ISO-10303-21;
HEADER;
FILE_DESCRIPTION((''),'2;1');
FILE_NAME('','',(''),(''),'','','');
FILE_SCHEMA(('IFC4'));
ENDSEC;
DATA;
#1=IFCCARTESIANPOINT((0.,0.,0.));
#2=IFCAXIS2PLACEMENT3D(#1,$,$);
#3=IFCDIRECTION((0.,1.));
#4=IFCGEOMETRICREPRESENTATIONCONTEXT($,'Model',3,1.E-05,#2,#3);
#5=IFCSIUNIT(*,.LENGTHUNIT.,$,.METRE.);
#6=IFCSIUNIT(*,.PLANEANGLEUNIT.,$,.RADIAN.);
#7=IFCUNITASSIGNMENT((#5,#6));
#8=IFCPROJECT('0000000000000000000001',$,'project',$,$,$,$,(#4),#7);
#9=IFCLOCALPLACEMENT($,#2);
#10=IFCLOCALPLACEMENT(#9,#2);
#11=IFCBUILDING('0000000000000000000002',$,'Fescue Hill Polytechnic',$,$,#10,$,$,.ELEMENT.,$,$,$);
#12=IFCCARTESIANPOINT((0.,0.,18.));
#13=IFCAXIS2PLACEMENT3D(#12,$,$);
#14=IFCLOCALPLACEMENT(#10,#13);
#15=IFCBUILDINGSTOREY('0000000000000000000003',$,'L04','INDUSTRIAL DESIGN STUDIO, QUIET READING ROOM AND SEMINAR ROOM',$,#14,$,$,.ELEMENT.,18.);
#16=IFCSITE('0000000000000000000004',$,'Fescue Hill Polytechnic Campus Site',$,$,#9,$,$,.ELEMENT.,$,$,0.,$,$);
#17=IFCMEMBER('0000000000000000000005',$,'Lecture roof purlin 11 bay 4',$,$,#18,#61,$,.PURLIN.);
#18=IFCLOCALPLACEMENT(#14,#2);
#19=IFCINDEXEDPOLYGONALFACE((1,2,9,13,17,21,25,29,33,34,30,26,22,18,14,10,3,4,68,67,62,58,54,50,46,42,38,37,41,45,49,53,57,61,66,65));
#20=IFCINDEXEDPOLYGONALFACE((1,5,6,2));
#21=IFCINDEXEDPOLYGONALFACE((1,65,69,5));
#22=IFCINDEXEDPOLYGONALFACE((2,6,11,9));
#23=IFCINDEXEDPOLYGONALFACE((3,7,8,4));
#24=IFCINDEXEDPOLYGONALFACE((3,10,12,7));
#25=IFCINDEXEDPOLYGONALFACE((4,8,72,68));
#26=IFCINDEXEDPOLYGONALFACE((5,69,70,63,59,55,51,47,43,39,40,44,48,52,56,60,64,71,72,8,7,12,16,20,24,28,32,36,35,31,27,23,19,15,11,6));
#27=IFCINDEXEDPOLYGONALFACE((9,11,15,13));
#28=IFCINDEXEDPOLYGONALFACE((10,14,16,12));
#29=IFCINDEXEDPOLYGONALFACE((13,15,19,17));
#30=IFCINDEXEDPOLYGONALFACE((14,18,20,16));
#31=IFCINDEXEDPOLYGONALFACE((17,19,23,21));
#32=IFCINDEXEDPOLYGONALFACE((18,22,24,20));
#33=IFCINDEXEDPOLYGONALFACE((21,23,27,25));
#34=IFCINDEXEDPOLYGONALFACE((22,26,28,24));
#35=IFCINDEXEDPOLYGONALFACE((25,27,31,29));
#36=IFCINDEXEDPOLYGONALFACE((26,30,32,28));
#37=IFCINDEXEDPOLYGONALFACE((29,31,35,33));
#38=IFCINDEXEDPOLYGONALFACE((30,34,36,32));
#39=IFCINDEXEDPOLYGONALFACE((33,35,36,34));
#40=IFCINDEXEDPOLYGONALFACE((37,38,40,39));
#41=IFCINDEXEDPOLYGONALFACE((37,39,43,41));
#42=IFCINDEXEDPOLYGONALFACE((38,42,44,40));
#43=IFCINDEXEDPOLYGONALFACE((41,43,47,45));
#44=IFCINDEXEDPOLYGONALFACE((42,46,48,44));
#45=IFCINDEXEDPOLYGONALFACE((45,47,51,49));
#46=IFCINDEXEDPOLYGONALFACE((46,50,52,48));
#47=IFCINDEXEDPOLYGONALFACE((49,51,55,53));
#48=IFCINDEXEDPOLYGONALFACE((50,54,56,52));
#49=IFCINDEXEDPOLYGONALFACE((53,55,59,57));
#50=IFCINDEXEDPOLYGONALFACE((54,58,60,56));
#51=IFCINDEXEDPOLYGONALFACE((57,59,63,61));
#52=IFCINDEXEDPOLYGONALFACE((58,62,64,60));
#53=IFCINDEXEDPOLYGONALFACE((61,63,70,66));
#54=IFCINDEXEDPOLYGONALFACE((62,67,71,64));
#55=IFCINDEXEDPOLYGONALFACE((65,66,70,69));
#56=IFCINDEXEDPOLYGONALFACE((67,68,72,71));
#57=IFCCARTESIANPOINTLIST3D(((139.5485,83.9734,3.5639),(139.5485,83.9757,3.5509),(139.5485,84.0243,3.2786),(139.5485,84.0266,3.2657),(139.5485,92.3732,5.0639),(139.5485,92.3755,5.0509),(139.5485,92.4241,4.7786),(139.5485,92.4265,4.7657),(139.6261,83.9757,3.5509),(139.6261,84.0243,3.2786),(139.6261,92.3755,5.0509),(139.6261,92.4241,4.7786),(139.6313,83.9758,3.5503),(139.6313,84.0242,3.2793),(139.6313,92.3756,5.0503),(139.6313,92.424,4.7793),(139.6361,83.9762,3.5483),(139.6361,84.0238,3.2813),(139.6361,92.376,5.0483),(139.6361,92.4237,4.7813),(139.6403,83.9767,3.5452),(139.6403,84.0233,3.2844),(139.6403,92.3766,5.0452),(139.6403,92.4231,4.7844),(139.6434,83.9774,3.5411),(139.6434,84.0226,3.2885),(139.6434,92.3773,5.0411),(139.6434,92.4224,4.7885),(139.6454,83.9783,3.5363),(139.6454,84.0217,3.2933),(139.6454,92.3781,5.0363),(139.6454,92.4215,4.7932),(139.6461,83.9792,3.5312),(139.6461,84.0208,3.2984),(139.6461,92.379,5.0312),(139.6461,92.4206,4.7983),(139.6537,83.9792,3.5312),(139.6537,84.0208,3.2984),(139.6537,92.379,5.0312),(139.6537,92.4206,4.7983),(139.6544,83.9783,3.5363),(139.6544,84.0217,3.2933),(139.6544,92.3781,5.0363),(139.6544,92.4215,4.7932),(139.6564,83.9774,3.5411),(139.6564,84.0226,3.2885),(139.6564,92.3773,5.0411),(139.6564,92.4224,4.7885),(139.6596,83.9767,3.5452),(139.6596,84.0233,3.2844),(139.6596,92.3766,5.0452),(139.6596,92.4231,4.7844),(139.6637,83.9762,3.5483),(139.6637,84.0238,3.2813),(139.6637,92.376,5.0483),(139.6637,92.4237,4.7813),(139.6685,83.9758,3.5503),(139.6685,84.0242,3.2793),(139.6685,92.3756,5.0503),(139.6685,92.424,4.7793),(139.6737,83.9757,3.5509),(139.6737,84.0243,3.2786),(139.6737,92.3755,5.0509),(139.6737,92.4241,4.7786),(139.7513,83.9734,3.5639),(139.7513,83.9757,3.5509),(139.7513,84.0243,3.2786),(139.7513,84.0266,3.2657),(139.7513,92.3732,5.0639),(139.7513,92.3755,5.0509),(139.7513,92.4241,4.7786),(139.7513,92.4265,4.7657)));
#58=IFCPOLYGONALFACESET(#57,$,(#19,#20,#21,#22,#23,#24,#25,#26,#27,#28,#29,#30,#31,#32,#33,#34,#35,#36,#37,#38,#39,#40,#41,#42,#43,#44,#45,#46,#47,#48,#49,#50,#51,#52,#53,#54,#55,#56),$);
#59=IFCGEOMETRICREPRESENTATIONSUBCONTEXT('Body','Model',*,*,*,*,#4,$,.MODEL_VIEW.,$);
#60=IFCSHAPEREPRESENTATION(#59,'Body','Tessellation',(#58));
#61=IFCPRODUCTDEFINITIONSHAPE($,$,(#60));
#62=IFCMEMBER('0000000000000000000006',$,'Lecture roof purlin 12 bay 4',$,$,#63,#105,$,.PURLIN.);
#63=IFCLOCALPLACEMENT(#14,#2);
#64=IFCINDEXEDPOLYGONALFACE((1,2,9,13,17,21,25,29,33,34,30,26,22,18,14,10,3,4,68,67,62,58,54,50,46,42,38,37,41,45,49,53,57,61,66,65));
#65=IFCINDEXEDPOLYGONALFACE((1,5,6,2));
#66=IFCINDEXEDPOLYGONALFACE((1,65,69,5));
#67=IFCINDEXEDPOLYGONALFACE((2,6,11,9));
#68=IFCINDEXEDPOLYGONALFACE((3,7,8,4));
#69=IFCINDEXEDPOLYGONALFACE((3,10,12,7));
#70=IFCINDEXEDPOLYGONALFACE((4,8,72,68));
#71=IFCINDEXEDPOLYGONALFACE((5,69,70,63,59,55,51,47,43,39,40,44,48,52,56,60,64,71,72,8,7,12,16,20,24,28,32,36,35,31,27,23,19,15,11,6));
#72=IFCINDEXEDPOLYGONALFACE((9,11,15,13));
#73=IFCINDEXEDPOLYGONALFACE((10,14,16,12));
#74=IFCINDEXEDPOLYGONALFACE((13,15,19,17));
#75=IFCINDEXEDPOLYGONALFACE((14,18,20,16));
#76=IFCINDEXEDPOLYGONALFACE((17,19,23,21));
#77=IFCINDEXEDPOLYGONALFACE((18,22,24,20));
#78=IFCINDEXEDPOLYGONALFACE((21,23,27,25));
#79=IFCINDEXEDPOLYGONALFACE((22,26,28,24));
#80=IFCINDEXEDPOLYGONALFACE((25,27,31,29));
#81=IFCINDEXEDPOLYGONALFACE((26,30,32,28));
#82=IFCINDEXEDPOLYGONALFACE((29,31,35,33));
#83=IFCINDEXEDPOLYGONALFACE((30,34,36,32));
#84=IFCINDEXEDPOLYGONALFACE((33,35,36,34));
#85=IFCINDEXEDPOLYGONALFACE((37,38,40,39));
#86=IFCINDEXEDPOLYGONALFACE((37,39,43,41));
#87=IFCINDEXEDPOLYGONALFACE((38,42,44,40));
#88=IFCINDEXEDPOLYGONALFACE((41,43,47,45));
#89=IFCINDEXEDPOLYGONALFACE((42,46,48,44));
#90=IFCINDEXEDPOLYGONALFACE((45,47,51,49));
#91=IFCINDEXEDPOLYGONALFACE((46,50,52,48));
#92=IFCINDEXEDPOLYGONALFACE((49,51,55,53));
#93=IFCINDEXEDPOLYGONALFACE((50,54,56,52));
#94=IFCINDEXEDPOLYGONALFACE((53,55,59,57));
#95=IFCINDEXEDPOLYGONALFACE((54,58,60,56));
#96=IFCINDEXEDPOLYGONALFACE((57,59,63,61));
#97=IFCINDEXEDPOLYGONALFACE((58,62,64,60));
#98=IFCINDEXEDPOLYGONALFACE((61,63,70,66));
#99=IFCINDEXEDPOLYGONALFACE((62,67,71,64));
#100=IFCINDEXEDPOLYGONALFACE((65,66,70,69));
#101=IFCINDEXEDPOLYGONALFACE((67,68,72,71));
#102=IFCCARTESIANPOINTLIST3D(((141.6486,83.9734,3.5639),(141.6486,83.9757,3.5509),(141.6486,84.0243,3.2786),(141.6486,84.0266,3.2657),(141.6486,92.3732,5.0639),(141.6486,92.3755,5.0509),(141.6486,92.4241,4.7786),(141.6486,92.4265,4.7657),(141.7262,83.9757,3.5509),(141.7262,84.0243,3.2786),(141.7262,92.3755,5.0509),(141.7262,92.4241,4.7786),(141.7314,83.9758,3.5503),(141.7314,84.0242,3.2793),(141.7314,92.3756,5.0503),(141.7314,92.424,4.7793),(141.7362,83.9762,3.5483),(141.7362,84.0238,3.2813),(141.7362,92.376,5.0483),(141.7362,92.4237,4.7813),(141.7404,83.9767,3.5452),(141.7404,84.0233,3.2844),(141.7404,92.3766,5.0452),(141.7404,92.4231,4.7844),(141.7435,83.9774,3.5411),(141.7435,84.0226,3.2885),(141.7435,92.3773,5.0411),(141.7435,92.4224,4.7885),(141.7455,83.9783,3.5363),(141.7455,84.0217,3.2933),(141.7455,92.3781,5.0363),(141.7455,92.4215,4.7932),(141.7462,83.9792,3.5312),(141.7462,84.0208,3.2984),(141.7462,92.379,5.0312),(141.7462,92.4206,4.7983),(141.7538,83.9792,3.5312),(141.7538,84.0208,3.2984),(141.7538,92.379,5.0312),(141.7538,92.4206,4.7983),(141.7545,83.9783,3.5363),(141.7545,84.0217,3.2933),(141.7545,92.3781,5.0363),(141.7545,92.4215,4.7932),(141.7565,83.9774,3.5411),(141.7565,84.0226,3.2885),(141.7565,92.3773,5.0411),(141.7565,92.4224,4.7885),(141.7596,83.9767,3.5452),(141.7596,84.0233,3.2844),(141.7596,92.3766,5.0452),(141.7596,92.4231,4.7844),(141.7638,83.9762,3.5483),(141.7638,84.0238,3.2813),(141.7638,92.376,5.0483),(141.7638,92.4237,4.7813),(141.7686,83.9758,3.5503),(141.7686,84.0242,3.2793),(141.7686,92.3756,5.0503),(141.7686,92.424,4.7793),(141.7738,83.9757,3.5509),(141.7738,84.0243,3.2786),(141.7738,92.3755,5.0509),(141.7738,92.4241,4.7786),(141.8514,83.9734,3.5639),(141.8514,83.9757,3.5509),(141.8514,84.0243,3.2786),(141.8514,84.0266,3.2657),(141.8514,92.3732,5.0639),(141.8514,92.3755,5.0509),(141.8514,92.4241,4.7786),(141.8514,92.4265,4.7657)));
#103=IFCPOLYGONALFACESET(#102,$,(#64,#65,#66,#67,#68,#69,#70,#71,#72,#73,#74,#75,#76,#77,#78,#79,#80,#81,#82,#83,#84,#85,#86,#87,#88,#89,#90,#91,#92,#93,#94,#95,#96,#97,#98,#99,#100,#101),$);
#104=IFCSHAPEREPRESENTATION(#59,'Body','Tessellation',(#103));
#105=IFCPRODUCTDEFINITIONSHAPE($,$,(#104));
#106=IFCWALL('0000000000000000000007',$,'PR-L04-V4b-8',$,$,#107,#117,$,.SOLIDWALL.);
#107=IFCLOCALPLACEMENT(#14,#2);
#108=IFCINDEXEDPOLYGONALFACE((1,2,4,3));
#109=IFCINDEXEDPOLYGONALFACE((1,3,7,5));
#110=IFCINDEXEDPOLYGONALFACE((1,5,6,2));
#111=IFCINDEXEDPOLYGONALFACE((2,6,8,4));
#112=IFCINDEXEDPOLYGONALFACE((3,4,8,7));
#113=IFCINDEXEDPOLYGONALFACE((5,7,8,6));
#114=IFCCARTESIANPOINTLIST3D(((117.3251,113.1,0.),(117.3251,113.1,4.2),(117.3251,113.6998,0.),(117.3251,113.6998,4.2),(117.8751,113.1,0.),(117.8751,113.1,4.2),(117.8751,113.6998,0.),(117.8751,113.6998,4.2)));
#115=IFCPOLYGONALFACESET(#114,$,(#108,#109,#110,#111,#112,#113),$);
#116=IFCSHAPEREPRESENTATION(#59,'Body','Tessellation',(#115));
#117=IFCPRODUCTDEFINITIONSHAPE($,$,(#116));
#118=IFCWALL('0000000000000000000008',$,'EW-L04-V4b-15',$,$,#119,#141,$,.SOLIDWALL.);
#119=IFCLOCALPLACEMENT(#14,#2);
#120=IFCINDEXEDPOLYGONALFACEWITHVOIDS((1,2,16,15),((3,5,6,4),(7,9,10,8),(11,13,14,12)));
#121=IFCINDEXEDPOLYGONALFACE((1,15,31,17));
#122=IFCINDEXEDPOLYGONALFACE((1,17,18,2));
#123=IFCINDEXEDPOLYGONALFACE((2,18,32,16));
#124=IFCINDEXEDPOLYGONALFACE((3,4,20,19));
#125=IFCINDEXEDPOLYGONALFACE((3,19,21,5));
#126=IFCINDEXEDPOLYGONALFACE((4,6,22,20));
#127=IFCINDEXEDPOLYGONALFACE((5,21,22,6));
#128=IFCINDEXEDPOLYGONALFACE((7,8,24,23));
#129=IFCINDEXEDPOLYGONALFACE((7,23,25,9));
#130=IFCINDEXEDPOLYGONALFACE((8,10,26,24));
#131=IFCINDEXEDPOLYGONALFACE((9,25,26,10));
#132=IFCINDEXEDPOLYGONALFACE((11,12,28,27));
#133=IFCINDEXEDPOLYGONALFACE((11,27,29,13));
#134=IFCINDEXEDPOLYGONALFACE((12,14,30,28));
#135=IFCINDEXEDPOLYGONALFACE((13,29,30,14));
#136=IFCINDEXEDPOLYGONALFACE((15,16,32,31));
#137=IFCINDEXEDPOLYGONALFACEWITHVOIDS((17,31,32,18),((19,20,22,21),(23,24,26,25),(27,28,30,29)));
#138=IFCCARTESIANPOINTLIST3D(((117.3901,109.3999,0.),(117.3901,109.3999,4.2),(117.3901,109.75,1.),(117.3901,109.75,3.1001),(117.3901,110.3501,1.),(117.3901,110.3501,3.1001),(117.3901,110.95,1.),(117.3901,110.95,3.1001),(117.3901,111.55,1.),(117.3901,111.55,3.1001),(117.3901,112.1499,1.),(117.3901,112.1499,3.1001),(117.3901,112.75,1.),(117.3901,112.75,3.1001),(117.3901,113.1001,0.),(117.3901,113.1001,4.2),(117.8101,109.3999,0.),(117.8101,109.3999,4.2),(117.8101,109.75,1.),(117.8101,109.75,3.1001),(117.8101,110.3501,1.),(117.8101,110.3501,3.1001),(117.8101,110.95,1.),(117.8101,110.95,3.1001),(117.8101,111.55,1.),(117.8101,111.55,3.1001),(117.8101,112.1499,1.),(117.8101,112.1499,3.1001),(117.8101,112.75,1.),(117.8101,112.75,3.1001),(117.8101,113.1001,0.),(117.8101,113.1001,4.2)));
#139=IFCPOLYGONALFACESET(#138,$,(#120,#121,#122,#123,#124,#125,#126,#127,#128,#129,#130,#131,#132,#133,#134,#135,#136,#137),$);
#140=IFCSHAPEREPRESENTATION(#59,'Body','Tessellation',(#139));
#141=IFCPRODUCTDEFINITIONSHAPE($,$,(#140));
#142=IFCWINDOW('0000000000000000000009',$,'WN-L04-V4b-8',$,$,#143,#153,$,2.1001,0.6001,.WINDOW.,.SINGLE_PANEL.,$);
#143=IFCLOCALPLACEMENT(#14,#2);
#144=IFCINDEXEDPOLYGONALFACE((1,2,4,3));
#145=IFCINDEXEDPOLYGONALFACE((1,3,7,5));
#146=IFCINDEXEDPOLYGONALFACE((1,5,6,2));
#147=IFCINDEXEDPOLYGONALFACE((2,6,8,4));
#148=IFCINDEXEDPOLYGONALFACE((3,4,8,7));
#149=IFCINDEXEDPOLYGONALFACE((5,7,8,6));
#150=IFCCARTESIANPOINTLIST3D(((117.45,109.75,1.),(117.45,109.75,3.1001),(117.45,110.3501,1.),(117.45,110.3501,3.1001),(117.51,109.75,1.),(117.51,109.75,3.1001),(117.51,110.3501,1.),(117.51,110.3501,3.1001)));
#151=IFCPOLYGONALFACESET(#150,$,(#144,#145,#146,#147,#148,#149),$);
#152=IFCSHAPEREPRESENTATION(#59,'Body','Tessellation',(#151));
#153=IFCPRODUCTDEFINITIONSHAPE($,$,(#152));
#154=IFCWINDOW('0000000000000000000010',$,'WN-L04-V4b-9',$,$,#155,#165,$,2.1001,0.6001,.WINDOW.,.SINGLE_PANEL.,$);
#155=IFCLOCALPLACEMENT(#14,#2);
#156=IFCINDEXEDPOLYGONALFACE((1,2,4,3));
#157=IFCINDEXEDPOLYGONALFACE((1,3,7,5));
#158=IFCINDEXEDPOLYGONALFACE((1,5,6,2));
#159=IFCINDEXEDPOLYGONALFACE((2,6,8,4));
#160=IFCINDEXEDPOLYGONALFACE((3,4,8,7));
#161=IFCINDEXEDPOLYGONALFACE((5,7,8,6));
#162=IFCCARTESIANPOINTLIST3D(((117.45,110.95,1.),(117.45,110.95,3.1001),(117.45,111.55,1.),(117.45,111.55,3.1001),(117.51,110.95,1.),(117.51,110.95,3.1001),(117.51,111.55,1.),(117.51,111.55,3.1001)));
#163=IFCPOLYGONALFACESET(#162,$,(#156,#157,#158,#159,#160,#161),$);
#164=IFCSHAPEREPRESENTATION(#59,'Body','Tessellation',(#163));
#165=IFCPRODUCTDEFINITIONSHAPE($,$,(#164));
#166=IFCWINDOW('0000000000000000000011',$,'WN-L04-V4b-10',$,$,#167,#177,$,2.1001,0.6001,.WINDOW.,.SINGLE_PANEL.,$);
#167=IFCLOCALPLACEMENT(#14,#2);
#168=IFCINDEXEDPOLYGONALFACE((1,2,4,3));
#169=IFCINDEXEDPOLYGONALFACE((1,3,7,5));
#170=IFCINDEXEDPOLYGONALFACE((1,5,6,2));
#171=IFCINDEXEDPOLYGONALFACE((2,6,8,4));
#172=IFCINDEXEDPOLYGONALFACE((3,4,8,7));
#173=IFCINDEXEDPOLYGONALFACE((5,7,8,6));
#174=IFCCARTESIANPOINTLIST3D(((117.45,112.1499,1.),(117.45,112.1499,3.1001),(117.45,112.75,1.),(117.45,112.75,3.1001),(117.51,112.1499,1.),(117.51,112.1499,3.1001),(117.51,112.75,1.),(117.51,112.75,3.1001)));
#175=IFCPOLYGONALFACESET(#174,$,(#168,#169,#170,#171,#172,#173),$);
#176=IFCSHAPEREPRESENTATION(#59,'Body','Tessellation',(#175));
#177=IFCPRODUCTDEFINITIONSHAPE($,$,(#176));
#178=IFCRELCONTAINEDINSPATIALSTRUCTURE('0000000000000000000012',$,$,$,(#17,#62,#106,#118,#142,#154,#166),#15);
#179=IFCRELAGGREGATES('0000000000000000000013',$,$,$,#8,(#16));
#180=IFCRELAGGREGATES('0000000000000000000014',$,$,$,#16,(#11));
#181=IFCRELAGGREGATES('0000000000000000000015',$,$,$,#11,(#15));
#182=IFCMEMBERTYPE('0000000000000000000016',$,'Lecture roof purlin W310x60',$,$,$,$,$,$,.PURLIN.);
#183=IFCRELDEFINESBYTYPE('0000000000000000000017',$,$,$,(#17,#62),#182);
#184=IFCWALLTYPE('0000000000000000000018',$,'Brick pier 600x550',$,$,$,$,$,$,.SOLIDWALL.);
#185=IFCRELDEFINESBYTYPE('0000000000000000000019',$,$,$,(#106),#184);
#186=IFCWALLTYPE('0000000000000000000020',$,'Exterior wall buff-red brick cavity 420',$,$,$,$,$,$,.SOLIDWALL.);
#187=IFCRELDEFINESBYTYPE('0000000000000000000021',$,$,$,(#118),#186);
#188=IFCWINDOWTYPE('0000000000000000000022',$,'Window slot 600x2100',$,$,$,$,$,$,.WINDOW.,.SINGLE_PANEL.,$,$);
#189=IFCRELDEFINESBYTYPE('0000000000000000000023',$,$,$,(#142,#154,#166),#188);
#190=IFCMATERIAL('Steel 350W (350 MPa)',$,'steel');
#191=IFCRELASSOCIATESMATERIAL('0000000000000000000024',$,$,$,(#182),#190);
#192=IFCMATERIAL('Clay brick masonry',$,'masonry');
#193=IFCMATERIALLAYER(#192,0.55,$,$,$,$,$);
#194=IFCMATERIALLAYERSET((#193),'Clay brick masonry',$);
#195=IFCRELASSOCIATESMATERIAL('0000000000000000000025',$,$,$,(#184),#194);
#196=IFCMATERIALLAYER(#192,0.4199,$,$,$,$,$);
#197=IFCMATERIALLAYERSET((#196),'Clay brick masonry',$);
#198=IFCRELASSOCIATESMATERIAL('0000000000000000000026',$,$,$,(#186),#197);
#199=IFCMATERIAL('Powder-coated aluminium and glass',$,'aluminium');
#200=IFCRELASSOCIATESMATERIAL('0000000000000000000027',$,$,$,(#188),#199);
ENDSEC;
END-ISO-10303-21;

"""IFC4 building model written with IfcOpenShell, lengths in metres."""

from ifc_helpers import new_model, si_unit, direction, frame, frame_2d, origin, origin_2d, place, context, subcontext, project, spatial, rectangle, i_section, extrude, material, layer, layer_set, material_profile, profile_set, type_object, element, fill, save


model = new_model("IFC4")

# Units and contexts
model_context = context("Model", 3, precision=1e-05, world=origin(), true_north=direction((0.0, 1.0)))
body_context = subcontext(model_context, "Body", "Model", "MODEL_VIEW")
ifc_project = project(units=[si_unit("LENGTHUNIT", "METRE"), si_unit("PLANEANGLEUNIT", "RADIAN")], contexts=[model_context])

# Site, building, storey
site_placement = place(None, origin())
site = spatial("IfcSite", under=ifc_project, at=site_placement, Name="Fescue Hill Polytechnic Campus Site", CompositionType="ELEMENT", RefElevation=0.0)
building_placement = place(site_placement, origin())
building = spatial("IfcBuilding", under=site, at=building_placement, Name="Fescue Hill Polytechnic", CompositionType="ELEMENT")
storey_placement = place(building_placement, frame((0.0, 0.0, 18.0)))
storey = spatial("IfcBuildingStorey", under=building, at=storey_placement, Name="L04", Description="INDUSTRIAL DESIGN STUDIO, QUIET READING ROOM AND SEMINAR ROOM", CompositionType="ELEMENT", Elevation=18.0)

# Shared definitions
ifc_material_1 = material(Name="Steel 350W (350 MPa)", Category="steel")

# Members
ifc_material_profile_1 = material_profile(ifc_material_1, i_section(OverallWidth=0.2029, OverallDepth=0.303, WebThickness=0.0076, FlangeThickness=0.0132, FilletRadius=0.02, at=origin_2d()), Name="W310x60")
ifc_profile_set_1 = profile_set([ifc_material_profile_1], Name="Steel 350W (350 MPa)")
member_type = type_object("IfcMemberType", Name="Lecture roof purlin W310x60", PredefinedType="PURLIN", material=ifc_profile_set_1)
for number, where, z_axis, x_axis, name in (
    (1, (139.6499, 84.0, 3.4148), (0.0, 0.984427, 0.175793), (-1.0, 0.0, 0.0), "Lecture roof purlin 11 bay 4"),
    (2, (141.75, 84.0, 3.4148), (0.0, 0.984427, 0.175793), (-1.0, 0.0, 0.0), "Lecture roof purlin 12 bay 4"),
):
    element("IfcMember", number, at=place(storey_placement, frame(where, z_axis=z_axis, x_axis=x_axis)), inside=storey, type_object=member_type, Name=name, PredefinedType="PURLIN", context=body_context, shape_type="SweptSolid", body=[
        extrude(i_section(OverallWidth=0.2029, OverallDepth=0.303, WebThickness=0.0076, FlangeThickness=0.0132, FilletRadius=0.02, at=origin_2d()), origin(), (0.0, 0.0, 1.0), 8.5327),
    ])

# Wall
ifc_material_2 = material(Name="Clay brick masonry", Category="masonry")
ifc_layer_1 = layer(ifc_material_2, 0.55)
ifc_layer_set_1 = layer_set([ifc_layer_1], Name="Clay brick masonry")
wall_type_1 = type_object("IfcWallType", Name="Brick pier 600x550", PredefinedType="SOLIDWALL", material=ifc_layer_set_1)
wall_1_placement = place(storey_placement, frame((117.6001, 113.1001, 0.0), z_axis=(0.0, 0.0, 1.0), x_axis=(0.0, 1.0, 0.0)))
element("IfcWall", 3, at=wall_1_placement, inside=storey, type_object=wall_type_1, Name="PR-L04-V4b-8", PredefinedType="SOLIDWALL", context=body_context, shape_type="SweptSolid", body=[
    extrude(rectangle(XDim=0.5999, YDim=0.55, at=frame_2d((0.2998, 0.0))), origin(), (0.0, 0.0, 1.0), 4.2),
])

# Wall, openings, windows
ifc_layer_2 = layer(ifc_material_2, 0.4199)
ifc_layer_set_2 = layer_set([ifc_layer_2], Name="Clay brick masonry")
wall_type_2 = type_object("IfcWallType", Name="Exterior wall buff-red brick cavity 420", PredefinedType="SOLIDWALL", material=ifc_layer_set_2)
wall_2_placement = place(storey_placement, frame((117.6001, 109.3999, 0.0), z_axis=(0.0, 0.0, 1.0), x_axis=(0.0, 1.0, 0.0)))
wall_2 = element("IfcWall", 4, at=wall_2_placement, inside=storey, type_object=wall_type_2, Name="EW-L04-V4b-15", PredefinedType="SOLIDWALL", context=body_context, shape_type="SweptSolid", body=[
    extrude(rectangle(XDim=3.7002, YDim=0.4199, at=frame_2d((1.8501, 0.0))), origin(), (0.0, 0.0, 1.0), 4.2),
])
opening_1_placement = place(wall_2_placement, frame((0.3501, 0.0, 1.0)))
opening_1 = element("IfcOpeningElement", 5, at=opening_1_placement, cuts=wall_2, PredefinedType="OPENING", context=body_context, shape_type="SweptSolid", body=[
    extrude(rectangle(XDim=0.6001, YDim=2.1001, at=frame_2d((0.3, 1.05))), frame((0.0, 0.22, 0.0), z_axis=(0.0, -1.0, 0.0), x_axis=(1.0, 0.0, 0.0)), (0.0, 0.0, 1.0), 0.4399),
])
opening_2_placement = place(wall_2_placement, frame((1.55, 0.0, 1.0)))
opening_2 = element("IfcOpeningElement", 6, at=opening_2_placement, cuts=wall_2, PredefinedType="OPENING", context=body_context, shape_type="SweptSolid", body=[
    extrude(rectangle(XDim=0.6001, YDim=2.1001, at=frame_2d((0.3, 1.05))), frame((0.0, 0.22, 0.0), z_axis=(0.0, -1.0, 0.0), x_axis=(1.0, 0.0, 0.0)), (0.0, 0.0, 1.0), 0.4399),
])
opening_3_placement = place(wall_2_placement, frame((2.75, 0.0, 1.0)))
opening_3 = element("IfcOpeningElement", 7, at=opening_3_placement, cuts=wall_2, PredefinedType="OPENING", context=body_context, shape_type="SweptSolid", body=[
    extrude(rectangle(XDim=0.6001, YDim=2.1001, at=frame_2d((0.3, 1.05))), frame((0.0, 0.22, 0.0), z_axis=(0.0, -1.0, 0.0), x_axis=(1.0, 0.0, 0.0)), (0.0, 0.0, 1.0), 0.4399),
])
ifc_material_3 = material(Name="Powder-coated aluminium and glass", Category="aluminium")
window_type = type_object("IfcWindowType", Name="Window slot 600x2100", PartitioningType="SINGLE_PANEL", PredefinedType="WINDOW", material=ifc_material_3)
window_1_placement = place(opening_1_placement, origin())
window_1 = element("IfcWindow", 8, at=window_1_placement, inside=storey, type_object=window_type, Name="WN-L04-V4b-8", OverallHeight=2.1001, OverallWidth=0.6001, PartitioningType="SINGLE_PANEL", PredefinedType="WINDOW", context=body_context, shape_type="SweptSolid", body=[
    extrude(rectangle(XDim=0.6001, YDim=2.1001, at=frame_2d((0.3, 1.05))), frame((0.0, 0.1501, 0.0), z_axis=(0.0, -1.0, 0.0), x_axis=(1.0, 0.0, 0.0)), (0.0, 0.0, 1.0), 0.0601),
])
fill(opening_1, window_1)
window_2_placement = place(opening_2_placement, origin())
window_2 = element("IfcWindow", 9, at=window_2_placement, inside=storey, type_object=window_type, Name="WN-L04-V4b-9", OverallHeight=2.1001, OverallWidth=0.6001, PartitioningType="SINGLE_PANEL", PredefinedType="WINDOW", context=body_context, shape_type="SweptSolid", body=[
    extrude(rectangle(XDim=0.6001, YDim=2.1001, at=frame_2d((0.3, 1.05))), frame((0.0, 0.1501, 0.0), z_axis=(0.0, -1.0, 0.0), x_axis=(1.0, 0.0, 0.0)), (0.0, 0.0, 1.0), 0.0601),
])
fill(opening_2, window_2)
window_3_placement = place(opening_3_placement, origin())
window_3 = element("IfcWindow", 10, at=window_3_placement, inside=storey, type_object=window_type, Name="WN-L04-V4b-10", OverallHeight=2.1001, OverallWidth=0.6001, PartitioningType="SINGLE_PANEL", PredefinedType="WINDOW", context=body_context, shape_type="SweptSolid", body=[
    extrude(rectangle(XDim=0.6001, YDim=2.1001, at=frame_2d((0.3, 1.05))), frame((0.0, 0.1501, 0.0), z_axis=(0.0, -1.0, 0.0), x_axis=(1.0, 0.0, 0.0)), (0.0, 0.0, 1.0), 0.0601),
])
fill(opening_3, window_3)

save(model, "model.ifc")
